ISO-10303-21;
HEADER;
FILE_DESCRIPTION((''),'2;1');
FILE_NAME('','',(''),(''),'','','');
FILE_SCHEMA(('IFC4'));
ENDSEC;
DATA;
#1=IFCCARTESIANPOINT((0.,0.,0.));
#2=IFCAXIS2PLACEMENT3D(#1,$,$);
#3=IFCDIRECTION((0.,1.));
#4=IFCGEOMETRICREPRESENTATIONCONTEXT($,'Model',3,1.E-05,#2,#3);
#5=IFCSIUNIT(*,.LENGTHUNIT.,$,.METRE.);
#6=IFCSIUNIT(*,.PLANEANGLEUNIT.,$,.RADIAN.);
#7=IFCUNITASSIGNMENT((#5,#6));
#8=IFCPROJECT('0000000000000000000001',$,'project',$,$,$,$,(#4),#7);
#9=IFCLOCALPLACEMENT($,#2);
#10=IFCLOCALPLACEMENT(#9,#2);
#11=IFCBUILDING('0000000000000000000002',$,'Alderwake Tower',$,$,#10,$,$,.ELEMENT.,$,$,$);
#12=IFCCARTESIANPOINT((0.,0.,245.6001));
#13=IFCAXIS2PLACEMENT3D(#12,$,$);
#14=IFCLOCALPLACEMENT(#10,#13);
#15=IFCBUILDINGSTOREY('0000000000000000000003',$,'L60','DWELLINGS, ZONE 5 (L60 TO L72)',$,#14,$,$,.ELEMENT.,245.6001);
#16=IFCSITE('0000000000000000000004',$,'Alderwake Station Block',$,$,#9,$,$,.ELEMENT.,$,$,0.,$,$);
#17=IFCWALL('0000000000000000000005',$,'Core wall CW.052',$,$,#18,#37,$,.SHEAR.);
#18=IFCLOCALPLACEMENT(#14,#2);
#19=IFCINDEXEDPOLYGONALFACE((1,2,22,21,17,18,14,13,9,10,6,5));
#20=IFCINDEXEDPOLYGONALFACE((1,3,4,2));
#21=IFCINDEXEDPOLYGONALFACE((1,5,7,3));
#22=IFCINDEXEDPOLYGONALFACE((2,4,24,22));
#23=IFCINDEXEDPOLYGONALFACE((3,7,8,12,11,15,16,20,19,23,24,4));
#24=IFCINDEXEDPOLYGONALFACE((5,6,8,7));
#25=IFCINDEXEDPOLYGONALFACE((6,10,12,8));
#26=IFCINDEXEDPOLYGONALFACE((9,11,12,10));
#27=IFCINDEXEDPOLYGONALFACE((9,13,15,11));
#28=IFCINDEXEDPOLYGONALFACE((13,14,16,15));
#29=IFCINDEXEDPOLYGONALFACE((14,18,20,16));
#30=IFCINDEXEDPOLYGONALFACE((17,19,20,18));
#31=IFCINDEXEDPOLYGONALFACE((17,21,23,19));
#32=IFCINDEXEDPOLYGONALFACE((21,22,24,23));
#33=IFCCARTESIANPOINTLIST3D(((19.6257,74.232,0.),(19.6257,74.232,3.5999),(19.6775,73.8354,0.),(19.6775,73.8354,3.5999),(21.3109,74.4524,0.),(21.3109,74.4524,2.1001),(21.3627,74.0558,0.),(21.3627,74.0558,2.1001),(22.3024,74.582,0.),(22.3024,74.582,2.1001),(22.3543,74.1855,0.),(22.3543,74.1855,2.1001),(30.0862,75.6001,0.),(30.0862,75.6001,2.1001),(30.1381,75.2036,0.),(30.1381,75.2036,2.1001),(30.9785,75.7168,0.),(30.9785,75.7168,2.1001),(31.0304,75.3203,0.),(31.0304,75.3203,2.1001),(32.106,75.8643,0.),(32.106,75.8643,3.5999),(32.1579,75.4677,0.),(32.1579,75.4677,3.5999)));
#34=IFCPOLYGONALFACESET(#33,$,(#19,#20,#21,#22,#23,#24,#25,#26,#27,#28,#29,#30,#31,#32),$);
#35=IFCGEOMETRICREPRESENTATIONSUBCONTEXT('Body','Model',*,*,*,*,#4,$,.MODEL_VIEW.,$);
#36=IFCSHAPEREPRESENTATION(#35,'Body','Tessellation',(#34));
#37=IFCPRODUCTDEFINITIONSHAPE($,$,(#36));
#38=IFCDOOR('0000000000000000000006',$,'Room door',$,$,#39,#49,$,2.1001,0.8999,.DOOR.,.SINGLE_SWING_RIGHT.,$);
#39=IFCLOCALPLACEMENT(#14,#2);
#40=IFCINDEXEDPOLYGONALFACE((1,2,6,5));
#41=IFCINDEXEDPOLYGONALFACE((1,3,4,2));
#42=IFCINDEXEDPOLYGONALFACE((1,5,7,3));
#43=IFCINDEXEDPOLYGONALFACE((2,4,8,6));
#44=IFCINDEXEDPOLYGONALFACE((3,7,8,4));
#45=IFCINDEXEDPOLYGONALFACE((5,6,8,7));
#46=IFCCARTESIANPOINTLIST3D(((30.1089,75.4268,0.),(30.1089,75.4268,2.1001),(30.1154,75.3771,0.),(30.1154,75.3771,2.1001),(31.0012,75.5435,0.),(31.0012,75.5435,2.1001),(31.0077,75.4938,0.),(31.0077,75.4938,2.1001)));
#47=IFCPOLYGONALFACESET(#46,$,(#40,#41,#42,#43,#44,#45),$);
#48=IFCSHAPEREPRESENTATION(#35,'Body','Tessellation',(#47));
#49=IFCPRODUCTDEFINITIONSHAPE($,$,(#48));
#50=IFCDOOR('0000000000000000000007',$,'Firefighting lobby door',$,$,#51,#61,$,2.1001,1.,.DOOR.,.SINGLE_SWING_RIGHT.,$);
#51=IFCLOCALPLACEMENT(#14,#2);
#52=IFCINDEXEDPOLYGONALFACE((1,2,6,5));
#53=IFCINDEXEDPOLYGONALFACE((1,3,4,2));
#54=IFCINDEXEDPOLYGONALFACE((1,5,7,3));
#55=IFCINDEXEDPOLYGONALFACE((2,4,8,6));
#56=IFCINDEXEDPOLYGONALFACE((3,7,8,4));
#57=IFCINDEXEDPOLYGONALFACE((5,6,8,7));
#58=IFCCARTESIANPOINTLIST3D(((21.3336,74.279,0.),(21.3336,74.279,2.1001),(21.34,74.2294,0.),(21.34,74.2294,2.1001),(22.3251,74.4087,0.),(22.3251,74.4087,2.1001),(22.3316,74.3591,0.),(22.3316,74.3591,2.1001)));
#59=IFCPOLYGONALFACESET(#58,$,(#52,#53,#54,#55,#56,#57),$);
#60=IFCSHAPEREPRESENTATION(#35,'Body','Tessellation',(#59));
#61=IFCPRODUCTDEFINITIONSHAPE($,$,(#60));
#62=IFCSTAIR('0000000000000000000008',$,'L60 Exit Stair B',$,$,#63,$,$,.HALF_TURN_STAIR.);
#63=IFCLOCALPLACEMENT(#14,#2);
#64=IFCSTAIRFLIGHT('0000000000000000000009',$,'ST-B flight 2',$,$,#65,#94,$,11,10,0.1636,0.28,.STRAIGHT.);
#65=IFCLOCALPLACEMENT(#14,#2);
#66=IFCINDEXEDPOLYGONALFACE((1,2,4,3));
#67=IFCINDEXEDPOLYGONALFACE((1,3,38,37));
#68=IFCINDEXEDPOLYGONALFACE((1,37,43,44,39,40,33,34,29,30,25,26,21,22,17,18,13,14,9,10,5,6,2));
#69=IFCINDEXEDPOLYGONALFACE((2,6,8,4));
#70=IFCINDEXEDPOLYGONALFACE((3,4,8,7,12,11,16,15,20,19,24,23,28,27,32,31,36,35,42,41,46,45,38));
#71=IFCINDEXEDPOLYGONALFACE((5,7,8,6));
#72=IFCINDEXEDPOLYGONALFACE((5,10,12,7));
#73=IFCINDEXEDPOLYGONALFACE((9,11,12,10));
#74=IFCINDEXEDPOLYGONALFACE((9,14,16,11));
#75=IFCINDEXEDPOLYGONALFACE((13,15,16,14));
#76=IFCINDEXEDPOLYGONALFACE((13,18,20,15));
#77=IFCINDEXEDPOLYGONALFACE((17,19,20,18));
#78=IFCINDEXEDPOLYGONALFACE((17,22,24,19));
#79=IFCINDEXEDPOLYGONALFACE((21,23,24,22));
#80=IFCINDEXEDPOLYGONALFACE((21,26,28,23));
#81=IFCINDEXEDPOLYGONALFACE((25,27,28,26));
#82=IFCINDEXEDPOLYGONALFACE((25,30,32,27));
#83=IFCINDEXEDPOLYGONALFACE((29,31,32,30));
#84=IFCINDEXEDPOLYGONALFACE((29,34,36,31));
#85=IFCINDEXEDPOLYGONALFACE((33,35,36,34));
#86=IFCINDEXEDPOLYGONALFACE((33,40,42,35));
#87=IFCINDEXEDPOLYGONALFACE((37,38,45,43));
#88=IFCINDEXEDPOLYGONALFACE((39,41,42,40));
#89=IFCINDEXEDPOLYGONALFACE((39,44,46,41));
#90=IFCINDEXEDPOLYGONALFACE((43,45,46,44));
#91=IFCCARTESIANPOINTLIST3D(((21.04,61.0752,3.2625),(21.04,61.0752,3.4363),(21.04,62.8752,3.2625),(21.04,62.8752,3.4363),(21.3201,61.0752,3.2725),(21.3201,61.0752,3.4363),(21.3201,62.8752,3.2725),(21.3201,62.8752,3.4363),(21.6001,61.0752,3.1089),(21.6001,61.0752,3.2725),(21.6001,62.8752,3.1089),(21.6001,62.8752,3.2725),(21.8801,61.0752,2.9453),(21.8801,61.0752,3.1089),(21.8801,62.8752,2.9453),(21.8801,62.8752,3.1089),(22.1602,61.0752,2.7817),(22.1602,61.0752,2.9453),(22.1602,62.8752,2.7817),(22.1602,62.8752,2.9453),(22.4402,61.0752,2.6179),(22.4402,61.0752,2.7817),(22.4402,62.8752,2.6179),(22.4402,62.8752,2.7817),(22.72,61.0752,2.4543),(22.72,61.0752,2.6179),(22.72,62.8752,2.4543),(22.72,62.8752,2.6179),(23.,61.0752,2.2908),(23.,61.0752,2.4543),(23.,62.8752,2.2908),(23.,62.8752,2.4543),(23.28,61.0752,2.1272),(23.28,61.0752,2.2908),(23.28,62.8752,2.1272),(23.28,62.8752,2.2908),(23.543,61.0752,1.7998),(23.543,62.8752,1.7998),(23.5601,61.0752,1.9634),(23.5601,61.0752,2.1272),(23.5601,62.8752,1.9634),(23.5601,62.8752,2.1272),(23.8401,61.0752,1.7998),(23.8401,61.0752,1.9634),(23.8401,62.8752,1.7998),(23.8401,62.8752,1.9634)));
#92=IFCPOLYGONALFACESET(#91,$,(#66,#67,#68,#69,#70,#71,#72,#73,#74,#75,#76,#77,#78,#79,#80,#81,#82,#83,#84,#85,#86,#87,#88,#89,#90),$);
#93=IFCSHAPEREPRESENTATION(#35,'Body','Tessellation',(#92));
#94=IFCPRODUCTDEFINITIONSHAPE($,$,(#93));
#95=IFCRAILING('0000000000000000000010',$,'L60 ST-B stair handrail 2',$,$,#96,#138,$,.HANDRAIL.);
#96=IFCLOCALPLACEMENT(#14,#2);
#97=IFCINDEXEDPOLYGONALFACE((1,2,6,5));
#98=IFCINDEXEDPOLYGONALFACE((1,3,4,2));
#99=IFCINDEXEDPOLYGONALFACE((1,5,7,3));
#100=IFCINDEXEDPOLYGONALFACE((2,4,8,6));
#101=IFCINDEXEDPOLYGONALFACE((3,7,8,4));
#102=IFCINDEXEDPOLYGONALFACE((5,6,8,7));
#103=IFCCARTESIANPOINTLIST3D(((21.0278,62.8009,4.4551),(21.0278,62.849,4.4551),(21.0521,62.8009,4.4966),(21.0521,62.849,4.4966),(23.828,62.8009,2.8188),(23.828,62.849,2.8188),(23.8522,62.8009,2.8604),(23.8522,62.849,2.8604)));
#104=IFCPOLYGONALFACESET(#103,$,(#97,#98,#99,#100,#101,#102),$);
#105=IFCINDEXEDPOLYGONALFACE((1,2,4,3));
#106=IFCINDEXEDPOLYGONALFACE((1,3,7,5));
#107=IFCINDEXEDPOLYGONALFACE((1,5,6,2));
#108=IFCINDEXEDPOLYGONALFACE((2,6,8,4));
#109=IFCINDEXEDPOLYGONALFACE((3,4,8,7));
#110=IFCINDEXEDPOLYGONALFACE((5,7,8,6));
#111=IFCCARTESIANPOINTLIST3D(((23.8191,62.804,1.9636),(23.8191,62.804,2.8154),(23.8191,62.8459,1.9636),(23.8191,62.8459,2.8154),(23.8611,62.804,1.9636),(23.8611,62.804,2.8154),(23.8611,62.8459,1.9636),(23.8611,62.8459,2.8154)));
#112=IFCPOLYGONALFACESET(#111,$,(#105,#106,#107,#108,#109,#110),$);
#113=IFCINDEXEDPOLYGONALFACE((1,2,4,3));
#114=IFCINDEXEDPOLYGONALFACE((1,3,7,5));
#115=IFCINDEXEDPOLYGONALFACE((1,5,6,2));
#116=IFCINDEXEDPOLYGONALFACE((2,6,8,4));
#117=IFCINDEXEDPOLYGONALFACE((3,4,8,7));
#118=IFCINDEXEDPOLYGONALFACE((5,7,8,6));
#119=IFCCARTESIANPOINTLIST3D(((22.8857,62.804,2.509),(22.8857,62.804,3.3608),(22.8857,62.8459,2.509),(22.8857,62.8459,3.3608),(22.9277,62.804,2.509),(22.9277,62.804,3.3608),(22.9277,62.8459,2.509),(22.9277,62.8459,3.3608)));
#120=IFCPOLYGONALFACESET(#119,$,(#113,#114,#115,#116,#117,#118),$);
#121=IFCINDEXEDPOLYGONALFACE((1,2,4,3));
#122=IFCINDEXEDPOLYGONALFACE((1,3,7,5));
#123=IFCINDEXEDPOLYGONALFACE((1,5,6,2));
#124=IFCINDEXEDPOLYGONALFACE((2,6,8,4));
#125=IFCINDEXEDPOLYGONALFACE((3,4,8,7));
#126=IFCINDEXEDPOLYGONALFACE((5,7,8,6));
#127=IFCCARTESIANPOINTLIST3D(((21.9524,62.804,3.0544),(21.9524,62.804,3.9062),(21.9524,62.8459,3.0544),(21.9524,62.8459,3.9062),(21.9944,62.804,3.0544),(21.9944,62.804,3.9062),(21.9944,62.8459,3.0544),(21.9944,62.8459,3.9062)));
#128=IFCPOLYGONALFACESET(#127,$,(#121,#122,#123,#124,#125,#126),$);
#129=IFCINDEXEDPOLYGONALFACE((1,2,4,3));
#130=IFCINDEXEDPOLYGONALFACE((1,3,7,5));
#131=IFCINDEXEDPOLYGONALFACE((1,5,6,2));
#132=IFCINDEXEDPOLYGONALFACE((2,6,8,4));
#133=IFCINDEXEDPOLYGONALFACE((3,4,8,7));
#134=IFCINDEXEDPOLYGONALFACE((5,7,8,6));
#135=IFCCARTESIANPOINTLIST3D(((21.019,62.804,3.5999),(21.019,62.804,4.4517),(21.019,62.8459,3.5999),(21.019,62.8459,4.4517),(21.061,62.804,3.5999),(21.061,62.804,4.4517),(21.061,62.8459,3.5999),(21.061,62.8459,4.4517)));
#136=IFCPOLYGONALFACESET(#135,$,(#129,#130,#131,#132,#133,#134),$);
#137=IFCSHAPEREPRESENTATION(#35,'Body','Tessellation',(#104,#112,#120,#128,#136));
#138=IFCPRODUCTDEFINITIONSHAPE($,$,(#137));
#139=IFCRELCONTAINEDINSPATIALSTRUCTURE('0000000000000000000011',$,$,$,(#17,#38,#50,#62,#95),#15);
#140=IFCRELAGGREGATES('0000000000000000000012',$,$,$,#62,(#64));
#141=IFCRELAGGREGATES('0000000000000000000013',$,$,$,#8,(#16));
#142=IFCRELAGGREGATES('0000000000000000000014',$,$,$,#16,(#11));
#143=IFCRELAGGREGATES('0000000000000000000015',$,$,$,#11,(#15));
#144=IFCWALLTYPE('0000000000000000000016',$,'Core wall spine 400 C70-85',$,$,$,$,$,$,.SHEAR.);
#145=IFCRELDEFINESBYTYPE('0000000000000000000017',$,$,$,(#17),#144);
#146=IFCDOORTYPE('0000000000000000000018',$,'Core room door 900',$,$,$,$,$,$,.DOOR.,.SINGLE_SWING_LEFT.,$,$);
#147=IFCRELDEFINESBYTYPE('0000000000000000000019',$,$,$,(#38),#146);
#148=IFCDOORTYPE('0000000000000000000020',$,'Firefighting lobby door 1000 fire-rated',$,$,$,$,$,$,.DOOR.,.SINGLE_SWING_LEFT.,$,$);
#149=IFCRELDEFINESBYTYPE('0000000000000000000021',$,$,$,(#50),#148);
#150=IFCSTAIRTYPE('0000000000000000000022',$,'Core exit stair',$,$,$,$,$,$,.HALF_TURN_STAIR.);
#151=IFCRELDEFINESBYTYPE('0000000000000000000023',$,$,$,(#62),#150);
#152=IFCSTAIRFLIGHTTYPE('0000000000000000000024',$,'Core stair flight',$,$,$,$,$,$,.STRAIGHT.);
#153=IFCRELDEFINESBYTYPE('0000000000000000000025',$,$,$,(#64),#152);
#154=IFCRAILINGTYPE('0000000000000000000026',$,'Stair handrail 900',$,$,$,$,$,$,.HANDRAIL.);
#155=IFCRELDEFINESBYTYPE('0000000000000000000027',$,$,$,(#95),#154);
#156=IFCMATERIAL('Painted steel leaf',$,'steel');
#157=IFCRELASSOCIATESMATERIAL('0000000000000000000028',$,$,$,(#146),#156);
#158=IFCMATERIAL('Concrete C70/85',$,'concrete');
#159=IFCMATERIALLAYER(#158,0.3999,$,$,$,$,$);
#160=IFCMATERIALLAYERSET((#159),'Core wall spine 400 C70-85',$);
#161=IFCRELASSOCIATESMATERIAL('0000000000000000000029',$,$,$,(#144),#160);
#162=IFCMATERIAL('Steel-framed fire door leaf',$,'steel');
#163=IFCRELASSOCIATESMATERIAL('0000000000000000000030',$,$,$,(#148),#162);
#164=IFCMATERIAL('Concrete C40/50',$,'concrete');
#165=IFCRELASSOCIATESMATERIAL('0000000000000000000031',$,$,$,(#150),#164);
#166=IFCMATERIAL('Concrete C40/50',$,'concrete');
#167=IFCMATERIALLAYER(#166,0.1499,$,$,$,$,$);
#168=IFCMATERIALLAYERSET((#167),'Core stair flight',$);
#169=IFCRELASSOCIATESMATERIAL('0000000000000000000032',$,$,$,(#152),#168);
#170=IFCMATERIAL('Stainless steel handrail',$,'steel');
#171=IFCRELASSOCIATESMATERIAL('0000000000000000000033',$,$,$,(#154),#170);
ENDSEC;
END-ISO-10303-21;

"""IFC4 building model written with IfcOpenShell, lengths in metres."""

from ifc_helpers import new_model, si_unit, direction, frame, frame_2d, origin, origin_2d, place, context, subcontext, project, spatial, polyline, rectangle, outline, extrude, material, layer, layer_set, type_object, element, fill, aggregate, save


model = new_model("IFC4")

# Units and contexts
model_context = context("Model", 3, precision=1e-05, world=origin(), true_north=direction((0.0, 1.0)))
body_context = subcontext(model_context, "Body", "Model", "MODEL_VIEW")
ifc_project = project(units=[si_unit("LENGTHUNIT", "METRE"), si_unit("PLANEANGLEUNIT", "RADIAN")], contexts=[model_context])

# Site, building, storey
site_placement = place(None, origin())
site = spatial("IfcSite", under=ifc_project, at=site_placement, Name="Alderwake Station Block", CompositionType="ELEMENT", RefElevation=0.0)
building_placement = place(site_placement, origin())
building = spatial("IfcBuilding", under=site, at=building_placement, Name="Alderwake Tower", CompositionType="ELEMENT")
storey_placement = place(building_placement, frame((0.0, 0.0, 245.6001)))
storey = spatial("IfcBuildingStorey", under=building, at=storey_placement, Name="L60", Description="DWELLINGS, ZONE 5 (L60 TO L72)", CompositionType="ELEMENT", Elevation=245.6001)

# Shared definitions
ifc_material_1 = material(Name="Painted steel leaf", Category="steel")
door_type_1 = type_object("IfcDoorType", Name="Core room door 900", OperationType="SINGLE_SWING_LEFT", PredefinedType="DOOR", material=ifc_material_1)

# Shared definitions
ifc_material_2 = material(Name="Concrete C70/85", Category="concrete")
ifc_layer_1 = layer(ifc_material_2, 0.3999)
ifc_layer_set_1 = layer_set([ifc_layer_1], Name="Core wall spine 400 C70-85")
wall_type_1 = type_object("IfcWallType", Name="Core wall spine 400 C70-85", PredefinedType="SHEAR", material=ifc_layer_set_1)

# Wall, openings, doors
wall_1_placement = place(storey_placement, frame((32.1321, 75.666, 0.0), z_axis=(0.0, 0.0, 1.0), x_axis=(-0.991555, -0.129686, 0.0)))
wall_1 = element("IfcWall", 1, at=wall_1_placement, inside=storey, type_object=wall_type_1, Name="Core wall CW.052", PredefinedType="SHEAR", context=body_context, shape_type="SweptSolid", body=[
    extrude(rectangle(XDim=12.5867, YDim=0.3999, at=frame_2d((6.2935, 0.0))), origin(), (0.0, 0.0, 1.0), 3.5999),
])
opening_1_placement = place(wall_1_placement, frame((9.8872, 0.0, 0.0)))
opening_1 = element("IfcOpeningElement", 2, at=opening_1_placement, cuts=wall_1, PredefinedType="OPENING", context=body_context, shape_type="SweptSolid", body=[
    extrude(rectangle(XDim=1.0, YDim=2.1001, at=frame_2d((0.5, 1.05))), frame((0.0, 0.21, 0.0), z_axis=(0.0, -1.0, 0.0), x_axis=(1.0, 0.0, 0.0)), (0.0, 0.0, 1.0), 0.4199),
])
opening_2_placement = place(wall_1_placement, frame((1.1372, 0.0, 0.0)))
opening_2 = element("IfcOpeningElement", 3, at=opening_2_placement, cuts=wall_1, PredefinedType="OPENING", context=body_context, shape_type="SweptSolid", body=[
    extrude(rectangle(XDim=0.8999, YDim=2.1001, at=frame_2d((0.45, 1.05))), frame((0.0, 0.21, 0.0), z_axis=(0.0, -1.0, 0.0), x_axis=(1.0, 0.0, 0.0)), (0.0, 0.0, 1.0), 0.4199),
])
door_1_placement = place(opening_2_placement, origin())
door_1 = element("IfcDoor", 4, at=door_1_placement, inside=storey, type_object=door_type_1, Name="Room door", OperationType="SINGLE_SWING_RIGHT", OverallHeight=2.1001, OverallWidth=0.8999, PredefinedType="DOOR", context=body_context, shape_type="SweptSolid", body=[
    extrude(rectangle(XDim=0.8999, YDim=2.1001, at=frame_2d((0.45, 1.05))), frame((0.0, 0.0249, 0.0), z_axis=(0.0, -1.0, 0.0), x_axis=(1.0, 0.0, 0.0)), (0.0, 0.0, 1.0), 0.05),
])
fill(opening_2, door_1)
ifc_material_3 = material(Name="Steel-framed fire door leaf", Category="steel")
door_type_2 = type_object("IfcDoorType", Name="Firefighting lobby door 1000 fire-rated", OperationType="SINGLE_SWING_LEFT", PredefinedType="DOOR", material=ifc_material_3)
door_2_placement = place(opening_1_placement, origin())
door_2 = element("IfcDoor", 5, at=door_2_placement, inside=storey, type_object=door_type_2, Name="Firefighting lobby door", OperationType="SINGLE_SWING_RIGHT", OverallHeight=2.1001, OverallWidth=1.0, PredefinedType="DOOR", context=body_context, shape_type="SweptSolid", body=[
    extrude(rectangle(XDim=1.0, YDim=2.1001, at=frame_2d((0.5, 1.05))), frame((0.0, 0.0249, 0.0), z_axis=(0.0, -1.0, 0.0), x_axis=(1.0, 0.0, 0.0)), (0.0, 0.0, 1.0), 0.05),
])
fill(opening_1, door_2)

# Stair, stair flight
ifc_material_4 = material(Name="Concrete C40/50", Category="concrete")
stair_type = type_object("IfcStairType", Name="Core exit stair", PredefinedType="HALF_TURN_STAIR", material=ifc_material_4)
stair_placement = place(storey_placement, origin())
stair = element("IfcStair", 6, at=stair_placement, inside=storey, type_object=stair_type, Name="L60 Exit Stair B", PredefinedType="HALF_TURN_STAIR")
ifc_material_5 = material(Name="Concrete C40/50", Category="concrete")
ifc_layer_2 = layer(ifc_material_5, 0.1499)
ifc_layer_set_2 = layer_set([ifc_layer_2], Name="Core stair flight")
stair_flight_type = type_object("IfcStairFlightType", Name="Core stair flight", PredefinedType="STRAIGHT", material=ifc_layer_set_2)
stair_flight_placement = place(storey_placement, frame((23.8401, 61.9751, 1.7998), z_axis=(0.0, 0.0, 1.0), x_axis=(-1.0, 0.0, 0.0)))
stair_flight = element("IfcStairFlight", 7, at=stair_flight_placement, type_object=stair_flight_type, Name="ST-B flight 2", NumberOfRisers=11, NumberOfTreads=10, PredefinedType="STRAIGHT", RiserHeight=0.1636, TreadLength=0.28, context=body_context, shape_type="SweptSolid", body=[
    extrude(outline(polyline([(0.0, 0.0), (0.0, 0.1636), (0.28, 0.1636), (0.28, 0.3274), (0.5601, 0.3274), (0.5601, 0.491), (0.8401, 0.491), (0.8401, 0.6545), (1.1201, 0.6545), (1.1201, 0.8181), (1.3999, 0.8181), (1.3999, 0.9819), (1.6799, 0.9819), (1.6799, 1.1455), (1.96, 1.1455), (1.96, 1.3091), (2.24, 1.3091), (2.24, 1.4727), (2.52, 1.4727), (2.52, 1.6365), (2.8, 1.6365), (2.8, 1.8), (2.8, 1.4626), (0.2971, 0.0), (0.0, 0.0)])), frame((0.0, 0.8999, 0.0), z_axis=(0.0, -1.0, 0.0), x_axis=(1.0, 0.0, 0.0)), (0.0, 0.0, 1.0), 1.8),
])
aggregate(stair, [stair_flight])

# Railing
ifc_material_6 = material(Name="Stainless steel handrail", Category="steel")
railing_type = type_object("IfcRailingType", Name="Stair handrail 900", PredefinedType="HANDRAIL", material=ifc_material_6)
railing_placement = place(storey_placement, frame((23.8401, 62.825, 1.9636)))
element("IfcRailing", 8, at=railing_placement, inside=storey, type_object=railing_type, Name="L60 ST-B stair handrail 2", PredefinedType="HANDRAIL", context=body_context, shape_type="SweptSolid", body=[
    extrude(rectangle(XDim=0.0481, YDim=0.0481, at=origin_2d()), frame((0.0, 0.0, 0.876), z_axis=(-0.863394, 0.0, 0.504531), x_axis=(0.0, -1.0, 0.0)), (0.0, 0.0, 1.0), 3.2432),
    extrude(rectangle(XDim=0.042, YDim=0.042, at=origin_2d()), frame((0.0, 0.0, 0.0), z_axis=(0.0, 0.0, 1.0), x_axis=(-1.0, 0.0, 0.0)), (0.0, 0.0, 1.0), 0.8518),
    extrude(rectangle(XDim=0.042, YDim=0.042, at=origin_2d()), frame((-0.9333, 0.0, 0.5454), z_axis=(0.0, 0.0, 1.0), x_axis=(-1.0, 0.0, 0.0)), (0.0, 0.0, 1.0), 0.8518),
    extrude(rectangle(XDim=0.042, YDim=0.042, at=origin_2d()), frame((-1.8667, 0.0, 1.0908), z_axis=(0.0, 0.0, 1.0), x_axis=(-1.0, 0.0, 0.0)), (0.0, 0.0, 1.0), 0.8518),
    extrude(rectangle(XDim=0.042, YDim=0.042, at=origin_2d()), frame((-2.8, 0.0, 1.6362), z_axis=(0.0, 0.0, 1.0), x_axis=(-1.0, 0.0, 0.0)), (0.0, 0.0, 1.0), 0.8518),
])

save(model, "model.ifc")
